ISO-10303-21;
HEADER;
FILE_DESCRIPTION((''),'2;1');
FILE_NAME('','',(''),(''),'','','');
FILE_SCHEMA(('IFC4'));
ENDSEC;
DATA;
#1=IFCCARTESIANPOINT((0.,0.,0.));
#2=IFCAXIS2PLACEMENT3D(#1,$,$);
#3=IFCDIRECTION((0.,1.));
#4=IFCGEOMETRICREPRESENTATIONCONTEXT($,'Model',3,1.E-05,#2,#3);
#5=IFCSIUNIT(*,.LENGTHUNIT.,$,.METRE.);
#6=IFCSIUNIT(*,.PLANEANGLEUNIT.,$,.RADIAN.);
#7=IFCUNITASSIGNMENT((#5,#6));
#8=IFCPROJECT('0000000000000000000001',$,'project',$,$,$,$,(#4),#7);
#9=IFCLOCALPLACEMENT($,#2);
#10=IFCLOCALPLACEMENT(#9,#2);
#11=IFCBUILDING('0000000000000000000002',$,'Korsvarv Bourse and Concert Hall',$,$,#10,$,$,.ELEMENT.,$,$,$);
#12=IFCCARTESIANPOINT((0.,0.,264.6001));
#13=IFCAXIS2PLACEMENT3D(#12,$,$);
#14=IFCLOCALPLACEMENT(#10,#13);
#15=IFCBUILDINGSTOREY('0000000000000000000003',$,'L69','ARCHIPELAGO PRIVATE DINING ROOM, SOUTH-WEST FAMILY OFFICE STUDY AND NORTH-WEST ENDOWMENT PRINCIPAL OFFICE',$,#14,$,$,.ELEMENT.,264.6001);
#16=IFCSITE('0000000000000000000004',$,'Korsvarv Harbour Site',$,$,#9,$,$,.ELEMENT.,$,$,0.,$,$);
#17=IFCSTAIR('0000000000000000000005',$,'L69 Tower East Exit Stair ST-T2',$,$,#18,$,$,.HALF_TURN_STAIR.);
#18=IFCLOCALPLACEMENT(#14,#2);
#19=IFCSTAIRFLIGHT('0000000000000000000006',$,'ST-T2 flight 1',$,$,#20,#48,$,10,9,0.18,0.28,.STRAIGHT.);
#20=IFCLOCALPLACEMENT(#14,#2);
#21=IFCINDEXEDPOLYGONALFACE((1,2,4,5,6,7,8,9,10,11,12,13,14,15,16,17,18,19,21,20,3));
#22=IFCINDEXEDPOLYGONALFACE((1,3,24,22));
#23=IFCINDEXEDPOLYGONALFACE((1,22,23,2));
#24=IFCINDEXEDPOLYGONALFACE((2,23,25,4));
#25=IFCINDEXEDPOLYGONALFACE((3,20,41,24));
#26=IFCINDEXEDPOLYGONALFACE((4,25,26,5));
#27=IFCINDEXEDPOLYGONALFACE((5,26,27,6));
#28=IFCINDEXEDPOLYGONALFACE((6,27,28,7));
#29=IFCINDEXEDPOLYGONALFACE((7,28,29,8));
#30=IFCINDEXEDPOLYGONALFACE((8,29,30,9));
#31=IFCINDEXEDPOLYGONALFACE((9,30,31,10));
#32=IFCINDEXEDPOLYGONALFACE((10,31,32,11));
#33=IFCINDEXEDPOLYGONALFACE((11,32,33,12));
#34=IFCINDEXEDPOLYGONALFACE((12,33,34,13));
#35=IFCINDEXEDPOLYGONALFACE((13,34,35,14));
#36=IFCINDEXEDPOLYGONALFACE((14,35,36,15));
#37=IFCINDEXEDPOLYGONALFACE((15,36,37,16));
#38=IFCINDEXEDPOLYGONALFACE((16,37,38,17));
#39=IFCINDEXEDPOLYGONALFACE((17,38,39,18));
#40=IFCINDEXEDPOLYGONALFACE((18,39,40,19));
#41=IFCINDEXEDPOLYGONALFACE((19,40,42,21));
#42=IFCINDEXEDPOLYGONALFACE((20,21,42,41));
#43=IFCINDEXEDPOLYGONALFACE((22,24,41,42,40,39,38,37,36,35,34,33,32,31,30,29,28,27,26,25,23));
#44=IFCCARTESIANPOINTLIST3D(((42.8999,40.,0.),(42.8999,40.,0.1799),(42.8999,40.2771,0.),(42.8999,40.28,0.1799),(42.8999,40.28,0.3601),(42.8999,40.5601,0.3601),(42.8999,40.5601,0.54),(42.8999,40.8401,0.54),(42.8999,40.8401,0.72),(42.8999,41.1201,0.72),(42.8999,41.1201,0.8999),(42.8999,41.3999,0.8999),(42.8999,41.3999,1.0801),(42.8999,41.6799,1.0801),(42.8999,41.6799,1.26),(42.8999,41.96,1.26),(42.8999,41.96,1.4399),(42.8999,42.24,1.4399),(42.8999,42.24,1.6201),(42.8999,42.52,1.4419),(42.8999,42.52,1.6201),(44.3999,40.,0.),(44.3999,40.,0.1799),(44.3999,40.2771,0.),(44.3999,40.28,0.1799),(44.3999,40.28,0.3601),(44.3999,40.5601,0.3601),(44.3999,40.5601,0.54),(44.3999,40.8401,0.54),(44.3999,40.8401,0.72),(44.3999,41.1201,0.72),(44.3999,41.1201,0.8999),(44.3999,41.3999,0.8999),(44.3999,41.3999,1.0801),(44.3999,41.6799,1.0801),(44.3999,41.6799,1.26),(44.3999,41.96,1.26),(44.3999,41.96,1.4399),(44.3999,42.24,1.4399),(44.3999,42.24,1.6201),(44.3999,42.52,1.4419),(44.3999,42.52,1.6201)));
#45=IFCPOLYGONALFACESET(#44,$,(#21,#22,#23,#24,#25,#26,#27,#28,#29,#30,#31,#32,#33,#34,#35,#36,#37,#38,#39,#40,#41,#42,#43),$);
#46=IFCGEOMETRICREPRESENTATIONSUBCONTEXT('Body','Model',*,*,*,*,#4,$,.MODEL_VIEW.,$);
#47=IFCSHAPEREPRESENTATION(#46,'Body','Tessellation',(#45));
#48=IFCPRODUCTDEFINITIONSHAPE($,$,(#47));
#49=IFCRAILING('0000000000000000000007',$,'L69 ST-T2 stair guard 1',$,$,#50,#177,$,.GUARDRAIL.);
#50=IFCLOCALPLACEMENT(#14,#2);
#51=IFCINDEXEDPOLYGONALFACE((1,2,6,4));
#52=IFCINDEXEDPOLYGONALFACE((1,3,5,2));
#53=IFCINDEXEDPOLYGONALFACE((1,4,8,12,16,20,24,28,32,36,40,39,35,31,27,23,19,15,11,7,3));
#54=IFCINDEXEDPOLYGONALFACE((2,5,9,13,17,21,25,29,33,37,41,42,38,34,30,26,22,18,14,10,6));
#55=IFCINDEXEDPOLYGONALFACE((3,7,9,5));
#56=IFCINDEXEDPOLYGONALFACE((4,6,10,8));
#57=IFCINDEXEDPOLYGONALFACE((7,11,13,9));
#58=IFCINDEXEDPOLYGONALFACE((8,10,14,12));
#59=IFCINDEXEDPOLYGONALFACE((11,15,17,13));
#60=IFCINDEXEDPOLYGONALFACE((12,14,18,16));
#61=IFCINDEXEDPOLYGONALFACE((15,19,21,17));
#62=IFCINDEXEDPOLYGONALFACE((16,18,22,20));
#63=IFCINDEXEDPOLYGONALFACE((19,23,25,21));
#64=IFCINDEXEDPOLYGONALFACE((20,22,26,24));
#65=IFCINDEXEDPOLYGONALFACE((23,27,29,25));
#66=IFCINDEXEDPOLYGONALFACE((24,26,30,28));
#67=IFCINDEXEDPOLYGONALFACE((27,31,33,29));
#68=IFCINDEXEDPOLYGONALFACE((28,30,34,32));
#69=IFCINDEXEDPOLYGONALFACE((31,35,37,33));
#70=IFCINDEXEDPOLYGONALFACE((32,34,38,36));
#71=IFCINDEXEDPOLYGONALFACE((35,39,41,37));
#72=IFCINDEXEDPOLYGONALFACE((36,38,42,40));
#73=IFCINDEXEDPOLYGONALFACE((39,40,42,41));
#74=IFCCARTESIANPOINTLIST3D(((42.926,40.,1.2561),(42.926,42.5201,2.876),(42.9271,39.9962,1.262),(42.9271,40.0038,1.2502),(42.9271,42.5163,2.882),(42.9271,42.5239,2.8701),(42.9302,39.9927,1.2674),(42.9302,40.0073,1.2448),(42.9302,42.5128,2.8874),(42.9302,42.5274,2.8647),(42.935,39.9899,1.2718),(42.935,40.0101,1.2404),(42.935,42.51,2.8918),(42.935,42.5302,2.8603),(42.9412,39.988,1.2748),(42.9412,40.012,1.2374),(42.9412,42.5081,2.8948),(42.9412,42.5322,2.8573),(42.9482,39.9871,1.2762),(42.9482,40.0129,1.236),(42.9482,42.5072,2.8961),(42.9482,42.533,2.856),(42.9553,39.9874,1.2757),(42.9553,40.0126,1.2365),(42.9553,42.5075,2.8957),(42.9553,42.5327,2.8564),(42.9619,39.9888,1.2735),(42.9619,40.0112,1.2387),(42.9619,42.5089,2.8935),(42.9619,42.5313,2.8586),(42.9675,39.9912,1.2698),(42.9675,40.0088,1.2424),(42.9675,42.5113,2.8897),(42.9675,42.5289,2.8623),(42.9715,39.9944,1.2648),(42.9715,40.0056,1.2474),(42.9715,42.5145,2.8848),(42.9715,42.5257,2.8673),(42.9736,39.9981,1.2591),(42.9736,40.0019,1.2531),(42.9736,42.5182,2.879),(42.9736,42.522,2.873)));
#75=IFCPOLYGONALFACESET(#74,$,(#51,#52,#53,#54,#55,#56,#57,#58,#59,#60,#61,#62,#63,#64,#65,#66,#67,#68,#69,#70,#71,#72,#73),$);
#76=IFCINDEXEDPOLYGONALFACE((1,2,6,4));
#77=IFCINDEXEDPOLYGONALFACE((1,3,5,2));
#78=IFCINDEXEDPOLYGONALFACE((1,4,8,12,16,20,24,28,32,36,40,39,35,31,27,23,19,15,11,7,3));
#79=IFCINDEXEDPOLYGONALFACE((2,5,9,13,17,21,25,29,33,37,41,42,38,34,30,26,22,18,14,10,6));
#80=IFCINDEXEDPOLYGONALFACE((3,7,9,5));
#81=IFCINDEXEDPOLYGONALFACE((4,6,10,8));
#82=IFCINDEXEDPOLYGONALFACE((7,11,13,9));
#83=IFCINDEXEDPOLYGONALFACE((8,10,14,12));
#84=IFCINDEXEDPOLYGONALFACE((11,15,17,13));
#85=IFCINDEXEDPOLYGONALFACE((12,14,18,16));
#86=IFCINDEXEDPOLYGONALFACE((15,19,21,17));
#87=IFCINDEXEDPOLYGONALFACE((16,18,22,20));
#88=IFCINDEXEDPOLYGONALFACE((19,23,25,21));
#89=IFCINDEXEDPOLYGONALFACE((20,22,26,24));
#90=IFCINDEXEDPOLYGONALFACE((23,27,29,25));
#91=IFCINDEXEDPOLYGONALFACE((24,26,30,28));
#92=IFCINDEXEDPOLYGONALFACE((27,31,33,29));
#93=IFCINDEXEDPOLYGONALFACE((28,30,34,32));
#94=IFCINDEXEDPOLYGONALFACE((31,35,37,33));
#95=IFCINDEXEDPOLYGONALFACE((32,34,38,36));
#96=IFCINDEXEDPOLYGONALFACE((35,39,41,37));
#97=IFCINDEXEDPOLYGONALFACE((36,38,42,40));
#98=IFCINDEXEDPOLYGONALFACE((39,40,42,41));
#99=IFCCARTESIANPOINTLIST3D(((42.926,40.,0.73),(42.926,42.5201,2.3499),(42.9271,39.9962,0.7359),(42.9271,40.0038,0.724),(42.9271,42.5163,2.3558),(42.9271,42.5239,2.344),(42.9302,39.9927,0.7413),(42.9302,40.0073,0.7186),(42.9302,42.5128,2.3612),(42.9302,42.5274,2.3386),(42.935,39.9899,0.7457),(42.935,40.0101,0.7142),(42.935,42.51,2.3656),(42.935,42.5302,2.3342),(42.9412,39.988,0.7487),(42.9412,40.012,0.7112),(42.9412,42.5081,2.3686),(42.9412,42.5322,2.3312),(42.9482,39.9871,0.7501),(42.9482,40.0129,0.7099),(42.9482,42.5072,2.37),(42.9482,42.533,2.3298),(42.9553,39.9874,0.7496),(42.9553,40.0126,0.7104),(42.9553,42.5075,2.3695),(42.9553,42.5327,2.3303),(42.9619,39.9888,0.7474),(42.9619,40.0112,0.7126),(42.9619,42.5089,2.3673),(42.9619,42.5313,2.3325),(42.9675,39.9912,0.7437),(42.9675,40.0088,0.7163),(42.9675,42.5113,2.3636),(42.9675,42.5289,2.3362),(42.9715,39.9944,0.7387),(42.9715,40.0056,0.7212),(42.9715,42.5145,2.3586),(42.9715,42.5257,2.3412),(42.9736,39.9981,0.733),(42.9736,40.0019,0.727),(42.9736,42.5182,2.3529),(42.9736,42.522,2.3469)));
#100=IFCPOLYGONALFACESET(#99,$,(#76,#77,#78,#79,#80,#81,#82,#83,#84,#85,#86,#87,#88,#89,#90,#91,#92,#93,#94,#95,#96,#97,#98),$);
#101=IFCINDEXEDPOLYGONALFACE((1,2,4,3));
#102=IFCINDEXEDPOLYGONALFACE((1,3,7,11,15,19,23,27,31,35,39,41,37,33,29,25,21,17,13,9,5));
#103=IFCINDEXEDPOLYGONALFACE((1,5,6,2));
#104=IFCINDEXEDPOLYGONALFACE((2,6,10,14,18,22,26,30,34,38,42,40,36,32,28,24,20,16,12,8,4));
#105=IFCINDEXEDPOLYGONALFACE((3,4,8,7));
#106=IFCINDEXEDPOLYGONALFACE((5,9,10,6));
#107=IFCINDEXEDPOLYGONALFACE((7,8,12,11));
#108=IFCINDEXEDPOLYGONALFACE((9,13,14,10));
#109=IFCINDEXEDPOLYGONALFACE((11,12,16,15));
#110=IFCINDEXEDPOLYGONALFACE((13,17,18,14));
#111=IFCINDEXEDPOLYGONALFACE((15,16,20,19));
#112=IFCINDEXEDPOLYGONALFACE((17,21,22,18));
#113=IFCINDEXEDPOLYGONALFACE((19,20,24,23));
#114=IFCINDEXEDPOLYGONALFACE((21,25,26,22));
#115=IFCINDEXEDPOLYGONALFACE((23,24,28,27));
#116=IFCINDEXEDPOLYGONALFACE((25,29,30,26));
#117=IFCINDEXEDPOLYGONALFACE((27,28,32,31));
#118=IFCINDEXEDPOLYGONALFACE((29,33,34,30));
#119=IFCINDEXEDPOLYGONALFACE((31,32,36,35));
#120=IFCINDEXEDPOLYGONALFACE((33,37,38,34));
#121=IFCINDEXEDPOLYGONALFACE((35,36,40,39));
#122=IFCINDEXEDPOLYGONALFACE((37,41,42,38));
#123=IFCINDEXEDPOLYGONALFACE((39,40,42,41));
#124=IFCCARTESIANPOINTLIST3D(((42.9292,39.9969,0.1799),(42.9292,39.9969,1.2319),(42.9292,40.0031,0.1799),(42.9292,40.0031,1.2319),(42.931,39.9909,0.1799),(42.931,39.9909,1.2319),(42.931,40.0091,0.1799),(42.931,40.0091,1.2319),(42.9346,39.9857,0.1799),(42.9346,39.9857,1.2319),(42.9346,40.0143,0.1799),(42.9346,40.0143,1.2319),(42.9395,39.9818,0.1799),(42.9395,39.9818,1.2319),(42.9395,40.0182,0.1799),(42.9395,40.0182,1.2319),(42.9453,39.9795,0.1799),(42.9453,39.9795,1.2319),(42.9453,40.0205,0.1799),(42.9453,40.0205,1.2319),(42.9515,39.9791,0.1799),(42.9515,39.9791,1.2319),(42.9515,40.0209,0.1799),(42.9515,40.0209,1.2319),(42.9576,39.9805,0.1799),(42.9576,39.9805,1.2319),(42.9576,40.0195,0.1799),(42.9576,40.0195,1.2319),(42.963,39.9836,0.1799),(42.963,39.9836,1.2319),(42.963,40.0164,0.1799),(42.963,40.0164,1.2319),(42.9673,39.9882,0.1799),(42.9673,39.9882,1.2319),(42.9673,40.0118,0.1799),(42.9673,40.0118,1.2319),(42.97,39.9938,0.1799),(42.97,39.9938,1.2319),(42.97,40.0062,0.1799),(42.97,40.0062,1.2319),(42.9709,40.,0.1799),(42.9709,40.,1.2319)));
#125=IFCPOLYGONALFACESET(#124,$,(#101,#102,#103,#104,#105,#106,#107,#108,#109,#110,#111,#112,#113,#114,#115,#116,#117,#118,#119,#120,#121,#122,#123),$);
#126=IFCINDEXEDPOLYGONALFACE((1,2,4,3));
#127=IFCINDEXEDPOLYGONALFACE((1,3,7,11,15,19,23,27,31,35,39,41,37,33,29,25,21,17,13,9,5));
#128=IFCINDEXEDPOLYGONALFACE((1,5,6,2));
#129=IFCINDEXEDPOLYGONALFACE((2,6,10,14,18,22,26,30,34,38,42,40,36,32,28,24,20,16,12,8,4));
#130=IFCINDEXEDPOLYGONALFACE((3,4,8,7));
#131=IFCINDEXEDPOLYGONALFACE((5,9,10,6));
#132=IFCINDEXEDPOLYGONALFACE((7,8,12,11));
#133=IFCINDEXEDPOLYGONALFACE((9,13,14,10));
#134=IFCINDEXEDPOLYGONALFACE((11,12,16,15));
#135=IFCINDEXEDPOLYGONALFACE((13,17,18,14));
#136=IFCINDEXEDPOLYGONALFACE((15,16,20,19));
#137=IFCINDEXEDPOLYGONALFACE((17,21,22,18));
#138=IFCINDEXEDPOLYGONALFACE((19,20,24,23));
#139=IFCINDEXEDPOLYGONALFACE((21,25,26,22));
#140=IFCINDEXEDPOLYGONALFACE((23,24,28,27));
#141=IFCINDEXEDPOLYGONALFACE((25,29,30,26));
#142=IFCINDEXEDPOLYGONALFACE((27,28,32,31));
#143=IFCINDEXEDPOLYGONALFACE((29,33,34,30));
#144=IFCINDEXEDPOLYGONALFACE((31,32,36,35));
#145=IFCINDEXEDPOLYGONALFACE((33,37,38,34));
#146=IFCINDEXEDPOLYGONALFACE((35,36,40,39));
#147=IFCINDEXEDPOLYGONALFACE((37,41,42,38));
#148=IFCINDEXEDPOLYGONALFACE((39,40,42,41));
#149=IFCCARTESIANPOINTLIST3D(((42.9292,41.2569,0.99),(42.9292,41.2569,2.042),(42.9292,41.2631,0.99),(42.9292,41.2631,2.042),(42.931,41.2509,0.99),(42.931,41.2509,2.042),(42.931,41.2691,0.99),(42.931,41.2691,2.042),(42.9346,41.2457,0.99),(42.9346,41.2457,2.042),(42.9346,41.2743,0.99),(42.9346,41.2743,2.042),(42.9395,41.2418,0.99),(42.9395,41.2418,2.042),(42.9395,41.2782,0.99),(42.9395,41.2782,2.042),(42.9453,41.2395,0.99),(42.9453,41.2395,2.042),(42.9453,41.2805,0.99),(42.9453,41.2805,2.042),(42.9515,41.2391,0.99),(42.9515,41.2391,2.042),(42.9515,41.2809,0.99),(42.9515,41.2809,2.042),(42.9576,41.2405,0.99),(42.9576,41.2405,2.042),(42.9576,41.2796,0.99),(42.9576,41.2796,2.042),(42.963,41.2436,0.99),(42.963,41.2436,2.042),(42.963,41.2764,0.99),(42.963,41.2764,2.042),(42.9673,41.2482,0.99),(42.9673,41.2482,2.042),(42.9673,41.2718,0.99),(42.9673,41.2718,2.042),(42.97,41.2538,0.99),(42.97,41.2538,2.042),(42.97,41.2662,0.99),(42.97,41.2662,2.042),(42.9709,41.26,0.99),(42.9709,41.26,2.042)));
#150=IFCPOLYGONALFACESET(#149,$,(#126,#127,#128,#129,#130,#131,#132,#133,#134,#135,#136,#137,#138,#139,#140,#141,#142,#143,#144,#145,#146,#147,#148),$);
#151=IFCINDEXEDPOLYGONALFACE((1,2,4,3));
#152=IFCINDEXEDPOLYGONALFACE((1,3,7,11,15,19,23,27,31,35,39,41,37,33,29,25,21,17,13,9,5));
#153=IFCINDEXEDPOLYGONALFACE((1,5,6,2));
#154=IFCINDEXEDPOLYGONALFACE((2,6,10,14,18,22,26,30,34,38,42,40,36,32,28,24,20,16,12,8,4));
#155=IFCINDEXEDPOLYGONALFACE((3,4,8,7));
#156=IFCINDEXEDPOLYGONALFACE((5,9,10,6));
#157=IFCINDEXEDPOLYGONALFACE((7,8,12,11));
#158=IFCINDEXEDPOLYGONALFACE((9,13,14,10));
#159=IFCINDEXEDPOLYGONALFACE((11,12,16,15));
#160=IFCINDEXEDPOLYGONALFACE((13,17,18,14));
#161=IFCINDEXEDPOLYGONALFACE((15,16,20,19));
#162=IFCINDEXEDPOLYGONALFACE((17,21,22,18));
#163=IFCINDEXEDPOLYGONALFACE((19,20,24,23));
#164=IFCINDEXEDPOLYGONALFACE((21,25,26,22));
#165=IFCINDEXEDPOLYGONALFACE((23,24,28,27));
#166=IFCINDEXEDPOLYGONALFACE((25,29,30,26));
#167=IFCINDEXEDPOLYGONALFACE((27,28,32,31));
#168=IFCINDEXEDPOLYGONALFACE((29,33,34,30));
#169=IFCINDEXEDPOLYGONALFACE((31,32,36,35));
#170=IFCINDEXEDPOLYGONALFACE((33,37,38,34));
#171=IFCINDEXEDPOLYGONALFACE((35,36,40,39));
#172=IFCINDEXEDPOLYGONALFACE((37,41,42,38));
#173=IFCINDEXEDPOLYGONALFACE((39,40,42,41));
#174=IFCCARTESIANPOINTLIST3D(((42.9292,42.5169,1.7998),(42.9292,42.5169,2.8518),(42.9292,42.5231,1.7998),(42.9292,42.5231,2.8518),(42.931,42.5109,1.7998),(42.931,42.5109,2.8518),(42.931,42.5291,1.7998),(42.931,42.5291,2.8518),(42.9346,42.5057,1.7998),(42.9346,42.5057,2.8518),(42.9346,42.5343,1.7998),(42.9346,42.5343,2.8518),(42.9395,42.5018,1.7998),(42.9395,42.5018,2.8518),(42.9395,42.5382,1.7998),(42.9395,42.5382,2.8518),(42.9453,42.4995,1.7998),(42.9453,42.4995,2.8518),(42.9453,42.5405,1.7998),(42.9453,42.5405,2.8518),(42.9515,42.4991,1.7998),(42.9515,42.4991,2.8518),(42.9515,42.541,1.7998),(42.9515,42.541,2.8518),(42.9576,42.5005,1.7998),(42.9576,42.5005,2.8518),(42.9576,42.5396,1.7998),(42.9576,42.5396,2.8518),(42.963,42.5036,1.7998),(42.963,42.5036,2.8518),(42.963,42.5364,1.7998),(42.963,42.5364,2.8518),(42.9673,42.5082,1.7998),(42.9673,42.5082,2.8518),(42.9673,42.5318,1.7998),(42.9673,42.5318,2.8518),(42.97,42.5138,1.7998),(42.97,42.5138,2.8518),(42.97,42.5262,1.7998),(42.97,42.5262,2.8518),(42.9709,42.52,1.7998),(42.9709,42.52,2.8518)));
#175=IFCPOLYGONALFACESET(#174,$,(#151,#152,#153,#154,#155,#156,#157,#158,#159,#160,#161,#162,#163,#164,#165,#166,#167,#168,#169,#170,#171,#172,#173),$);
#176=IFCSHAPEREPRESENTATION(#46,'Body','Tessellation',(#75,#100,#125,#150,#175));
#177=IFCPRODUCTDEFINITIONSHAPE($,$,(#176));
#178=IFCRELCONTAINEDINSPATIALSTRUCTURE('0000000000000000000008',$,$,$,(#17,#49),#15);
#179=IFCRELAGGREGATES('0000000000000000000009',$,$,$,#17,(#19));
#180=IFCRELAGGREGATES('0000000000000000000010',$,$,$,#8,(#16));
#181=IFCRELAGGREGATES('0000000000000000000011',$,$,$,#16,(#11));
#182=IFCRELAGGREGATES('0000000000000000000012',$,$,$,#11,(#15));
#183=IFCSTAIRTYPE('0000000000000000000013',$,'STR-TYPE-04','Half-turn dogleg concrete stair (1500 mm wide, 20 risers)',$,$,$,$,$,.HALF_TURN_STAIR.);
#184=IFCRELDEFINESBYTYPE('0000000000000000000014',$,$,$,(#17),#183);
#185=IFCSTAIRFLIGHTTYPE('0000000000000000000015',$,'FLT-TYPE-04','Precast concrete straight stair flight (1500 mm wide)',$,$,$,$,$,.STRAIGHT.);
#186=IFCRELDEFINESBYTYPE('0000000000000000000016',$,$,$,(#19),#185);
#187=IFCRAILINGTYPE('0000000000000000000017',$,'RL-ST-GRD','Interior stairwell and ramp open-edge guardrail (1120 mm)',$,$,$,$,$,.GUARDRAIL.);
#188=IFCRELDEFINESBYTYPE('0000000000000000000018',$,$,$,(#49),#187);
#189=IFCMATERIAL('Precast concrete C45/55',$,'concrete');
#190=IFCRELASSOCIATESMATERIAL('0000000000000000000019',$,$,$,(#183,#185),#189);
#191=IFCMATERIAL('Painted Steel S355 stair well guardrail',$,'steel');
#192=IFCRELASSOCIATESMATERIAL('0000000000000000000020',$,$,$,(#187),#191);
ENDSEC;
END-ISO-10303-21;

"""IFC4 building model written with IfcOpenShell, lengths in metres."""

from ifc_helpers import new_model, si_unit, direction, frame, origin, origin_2d, place, context, subcontext, project, spatial, polyline, circle, outline, extrude, material, type_object, element, aggregate, save


model = new_model("IFC4")

# Units and contexts
model_context = context("Model", 3, precision=1e-05, world=origin(), true_north=direction((0.0, 1.0)))
body_context = subcontext(model_context, "Body", "Model", "MODEL_VIEW")
ifc_project = project(units=[si_unit("LENGTHUNIT", "METRE"), si_unit("PLANEANGLEUNIT", "RADIAN")], contexts=[model_context])

# Site, building, storey
site_placement = place(None, origin())
site = spatial("IfcSite", under=ifc_project, at=site_placement, Name="Korsvarv Harbour Site", CompositionType="ELEMENT", RefElevation=0.0)
building_placement = place(site_placement, origin())
building = spatial("IfcBuilding", under=site, at=building_placement, Name="Korsvarv Bourse and Concert Hall", CompositionType="ELEMENT")
storey_placement = place(building_placement, frame((0.0, 0.0, 264.6001)))
storey = spatial("IfcBuildingStorey", under=building, at=storey_placement, Name="L69", Description="ARCHIPELAGO PRIVATE DINING ROOM, SOUTH-WEST FAMILY OFFICE STUDY AND NORTH-WEST ENDOWMENT PRINCIPAL OFFICE", CompositionType="ELEMENT", Elevation=264.6001)

# Stair, stair flight
ifc_material_1 = material(Name="Precast concrete C45/55", Category="concrete")
stair_type = type_object("IfcStairType", Name="STR-TYPE-04", Description="Half-turn dogleg concrete stair (1500 mm wide, 20 risers)", PredefinedType="HALF_TURN_STAIR", material=ifc_material_1)
stair_placement = place(storey_placement, origin())
stair = element("IfcStair", 1, at=stair_placement, inside=storey, type_object=stair_type, Name="L69 Tower East Exit Stair ST-T2", PredefinedType="HALF_TURN_STAIR")
stair_flight_type = type_object("IfcStairFlightType", Name="FLT-TYPE-04", Description="Precast concrete straight stair flight (1500 mm wide)", PredefinedType="STRAIGHT", material=ifc_material_1)
stair_flight_placement = place(storey_placement, frame((43.6499, 40.0, 0.0), z_axis=(0.0, 0.0, 1.0), x_axis=(0.0, 1.0, 0.0)))
stair_flight = element("IfcStairFlight", 2, at=stair_flight_placement, type_object=stair_flight_type, Name="ST-T2 flight 1", NumberOfRisers=10, NumberOfTreads=9, PredefinedType="STRAIGHT", RiserHeight=0.18, TreadLength=0.28, context=body_context, shape_type="SweptSolid", body=[
    extrude(outline(polyline([(0.0, 0.0), (0.0, 0.1799), (0.28, 0.1799), (0.28, 0.3601), (0.5601, 0.3601), (0.5601, 0.54), (0.8401, 0.54), (0.8401, 0.72), (1.1201, 0.72), (1.1201, 0.8999), (1.3999, 0.8999), (1.3999, 1.0801), (1.6799, 1.0801), (1.6799, 1.26), (1.96, 1.26), (1.96, 1.4399), (2.24, 1.4399), (2.24, 1.6201), (2.52, 1.6201), (2.52, 1.8), (2.52, 1.4419), (0.2771, 0.0), (0.0, 0.0)])), frame((0.0, 0.75, 0.0), z_axis=(0.0, -1.0, 0.0), x_axis=(1.0, 0.0, 0.0)), (0.0, 0.0, 1.0), 1.5),
])
aggregate(stair, [stair_flight])

# Railing
ifc_material_2 = material(Name="Painted Steel S355 stair well guardrail", Category="steel")
railing_type_1 = type_object("IfcRailingType", Name="RL-ST-GRD", Description="Interior stairwell and ramp open-edge guardrail (1120 mm)", PredefinedType="GUARDRAIL", material=ifc_material_2)
railing_1_placement = place(storey_placement, frame((42.95, 40.0, 0.1799)))
element("IfcRailing", 3, at=railing_1_placement, inside=storey, type_object=railing_type_1, Name="L69 ST-T2 stair guard 1", PredefinedType="GUARDRAIL", context=body_context, shape_type="SweptSolid", body=[
    extrude(circle(Radius=0.0239, at=origin_2d()), frame((0.0, 0.0, 1.0762), z_axis=(0.0, 0.8412, 0.540725), x_axis=(-1.0, 0.0, 0.0)), (0.0, 0.0, 1.0), 2.9958),
    extrude(circle(Radius=0.0239, at=origin_2d()), frame((0.0, 0.0, 0.55), z_axis=(0.0, 0.8412, 0.540725), x_axis=(-1.0, 0.0, 0.0)), (0.0, 0.0, 1.0), 2.9958),
    extrude(circle(Radius=0.021, at=origin_2d()), origin(), (0.0, 0.0, 1.0), 1.052),
    extrude(circle(Radius=0.021, at=origin_2d()), frame((0.0, 1.26, 0.8101)), (0.0, 0.0, 1.0), 1.052),
    extrude(circle(Radius=0.021, at=origin_2d()), frame((0.0, 2.52, 1.6199)), (0.0, 0.0, 1.0), 1.052),
])

save(model, "model.ifc")
